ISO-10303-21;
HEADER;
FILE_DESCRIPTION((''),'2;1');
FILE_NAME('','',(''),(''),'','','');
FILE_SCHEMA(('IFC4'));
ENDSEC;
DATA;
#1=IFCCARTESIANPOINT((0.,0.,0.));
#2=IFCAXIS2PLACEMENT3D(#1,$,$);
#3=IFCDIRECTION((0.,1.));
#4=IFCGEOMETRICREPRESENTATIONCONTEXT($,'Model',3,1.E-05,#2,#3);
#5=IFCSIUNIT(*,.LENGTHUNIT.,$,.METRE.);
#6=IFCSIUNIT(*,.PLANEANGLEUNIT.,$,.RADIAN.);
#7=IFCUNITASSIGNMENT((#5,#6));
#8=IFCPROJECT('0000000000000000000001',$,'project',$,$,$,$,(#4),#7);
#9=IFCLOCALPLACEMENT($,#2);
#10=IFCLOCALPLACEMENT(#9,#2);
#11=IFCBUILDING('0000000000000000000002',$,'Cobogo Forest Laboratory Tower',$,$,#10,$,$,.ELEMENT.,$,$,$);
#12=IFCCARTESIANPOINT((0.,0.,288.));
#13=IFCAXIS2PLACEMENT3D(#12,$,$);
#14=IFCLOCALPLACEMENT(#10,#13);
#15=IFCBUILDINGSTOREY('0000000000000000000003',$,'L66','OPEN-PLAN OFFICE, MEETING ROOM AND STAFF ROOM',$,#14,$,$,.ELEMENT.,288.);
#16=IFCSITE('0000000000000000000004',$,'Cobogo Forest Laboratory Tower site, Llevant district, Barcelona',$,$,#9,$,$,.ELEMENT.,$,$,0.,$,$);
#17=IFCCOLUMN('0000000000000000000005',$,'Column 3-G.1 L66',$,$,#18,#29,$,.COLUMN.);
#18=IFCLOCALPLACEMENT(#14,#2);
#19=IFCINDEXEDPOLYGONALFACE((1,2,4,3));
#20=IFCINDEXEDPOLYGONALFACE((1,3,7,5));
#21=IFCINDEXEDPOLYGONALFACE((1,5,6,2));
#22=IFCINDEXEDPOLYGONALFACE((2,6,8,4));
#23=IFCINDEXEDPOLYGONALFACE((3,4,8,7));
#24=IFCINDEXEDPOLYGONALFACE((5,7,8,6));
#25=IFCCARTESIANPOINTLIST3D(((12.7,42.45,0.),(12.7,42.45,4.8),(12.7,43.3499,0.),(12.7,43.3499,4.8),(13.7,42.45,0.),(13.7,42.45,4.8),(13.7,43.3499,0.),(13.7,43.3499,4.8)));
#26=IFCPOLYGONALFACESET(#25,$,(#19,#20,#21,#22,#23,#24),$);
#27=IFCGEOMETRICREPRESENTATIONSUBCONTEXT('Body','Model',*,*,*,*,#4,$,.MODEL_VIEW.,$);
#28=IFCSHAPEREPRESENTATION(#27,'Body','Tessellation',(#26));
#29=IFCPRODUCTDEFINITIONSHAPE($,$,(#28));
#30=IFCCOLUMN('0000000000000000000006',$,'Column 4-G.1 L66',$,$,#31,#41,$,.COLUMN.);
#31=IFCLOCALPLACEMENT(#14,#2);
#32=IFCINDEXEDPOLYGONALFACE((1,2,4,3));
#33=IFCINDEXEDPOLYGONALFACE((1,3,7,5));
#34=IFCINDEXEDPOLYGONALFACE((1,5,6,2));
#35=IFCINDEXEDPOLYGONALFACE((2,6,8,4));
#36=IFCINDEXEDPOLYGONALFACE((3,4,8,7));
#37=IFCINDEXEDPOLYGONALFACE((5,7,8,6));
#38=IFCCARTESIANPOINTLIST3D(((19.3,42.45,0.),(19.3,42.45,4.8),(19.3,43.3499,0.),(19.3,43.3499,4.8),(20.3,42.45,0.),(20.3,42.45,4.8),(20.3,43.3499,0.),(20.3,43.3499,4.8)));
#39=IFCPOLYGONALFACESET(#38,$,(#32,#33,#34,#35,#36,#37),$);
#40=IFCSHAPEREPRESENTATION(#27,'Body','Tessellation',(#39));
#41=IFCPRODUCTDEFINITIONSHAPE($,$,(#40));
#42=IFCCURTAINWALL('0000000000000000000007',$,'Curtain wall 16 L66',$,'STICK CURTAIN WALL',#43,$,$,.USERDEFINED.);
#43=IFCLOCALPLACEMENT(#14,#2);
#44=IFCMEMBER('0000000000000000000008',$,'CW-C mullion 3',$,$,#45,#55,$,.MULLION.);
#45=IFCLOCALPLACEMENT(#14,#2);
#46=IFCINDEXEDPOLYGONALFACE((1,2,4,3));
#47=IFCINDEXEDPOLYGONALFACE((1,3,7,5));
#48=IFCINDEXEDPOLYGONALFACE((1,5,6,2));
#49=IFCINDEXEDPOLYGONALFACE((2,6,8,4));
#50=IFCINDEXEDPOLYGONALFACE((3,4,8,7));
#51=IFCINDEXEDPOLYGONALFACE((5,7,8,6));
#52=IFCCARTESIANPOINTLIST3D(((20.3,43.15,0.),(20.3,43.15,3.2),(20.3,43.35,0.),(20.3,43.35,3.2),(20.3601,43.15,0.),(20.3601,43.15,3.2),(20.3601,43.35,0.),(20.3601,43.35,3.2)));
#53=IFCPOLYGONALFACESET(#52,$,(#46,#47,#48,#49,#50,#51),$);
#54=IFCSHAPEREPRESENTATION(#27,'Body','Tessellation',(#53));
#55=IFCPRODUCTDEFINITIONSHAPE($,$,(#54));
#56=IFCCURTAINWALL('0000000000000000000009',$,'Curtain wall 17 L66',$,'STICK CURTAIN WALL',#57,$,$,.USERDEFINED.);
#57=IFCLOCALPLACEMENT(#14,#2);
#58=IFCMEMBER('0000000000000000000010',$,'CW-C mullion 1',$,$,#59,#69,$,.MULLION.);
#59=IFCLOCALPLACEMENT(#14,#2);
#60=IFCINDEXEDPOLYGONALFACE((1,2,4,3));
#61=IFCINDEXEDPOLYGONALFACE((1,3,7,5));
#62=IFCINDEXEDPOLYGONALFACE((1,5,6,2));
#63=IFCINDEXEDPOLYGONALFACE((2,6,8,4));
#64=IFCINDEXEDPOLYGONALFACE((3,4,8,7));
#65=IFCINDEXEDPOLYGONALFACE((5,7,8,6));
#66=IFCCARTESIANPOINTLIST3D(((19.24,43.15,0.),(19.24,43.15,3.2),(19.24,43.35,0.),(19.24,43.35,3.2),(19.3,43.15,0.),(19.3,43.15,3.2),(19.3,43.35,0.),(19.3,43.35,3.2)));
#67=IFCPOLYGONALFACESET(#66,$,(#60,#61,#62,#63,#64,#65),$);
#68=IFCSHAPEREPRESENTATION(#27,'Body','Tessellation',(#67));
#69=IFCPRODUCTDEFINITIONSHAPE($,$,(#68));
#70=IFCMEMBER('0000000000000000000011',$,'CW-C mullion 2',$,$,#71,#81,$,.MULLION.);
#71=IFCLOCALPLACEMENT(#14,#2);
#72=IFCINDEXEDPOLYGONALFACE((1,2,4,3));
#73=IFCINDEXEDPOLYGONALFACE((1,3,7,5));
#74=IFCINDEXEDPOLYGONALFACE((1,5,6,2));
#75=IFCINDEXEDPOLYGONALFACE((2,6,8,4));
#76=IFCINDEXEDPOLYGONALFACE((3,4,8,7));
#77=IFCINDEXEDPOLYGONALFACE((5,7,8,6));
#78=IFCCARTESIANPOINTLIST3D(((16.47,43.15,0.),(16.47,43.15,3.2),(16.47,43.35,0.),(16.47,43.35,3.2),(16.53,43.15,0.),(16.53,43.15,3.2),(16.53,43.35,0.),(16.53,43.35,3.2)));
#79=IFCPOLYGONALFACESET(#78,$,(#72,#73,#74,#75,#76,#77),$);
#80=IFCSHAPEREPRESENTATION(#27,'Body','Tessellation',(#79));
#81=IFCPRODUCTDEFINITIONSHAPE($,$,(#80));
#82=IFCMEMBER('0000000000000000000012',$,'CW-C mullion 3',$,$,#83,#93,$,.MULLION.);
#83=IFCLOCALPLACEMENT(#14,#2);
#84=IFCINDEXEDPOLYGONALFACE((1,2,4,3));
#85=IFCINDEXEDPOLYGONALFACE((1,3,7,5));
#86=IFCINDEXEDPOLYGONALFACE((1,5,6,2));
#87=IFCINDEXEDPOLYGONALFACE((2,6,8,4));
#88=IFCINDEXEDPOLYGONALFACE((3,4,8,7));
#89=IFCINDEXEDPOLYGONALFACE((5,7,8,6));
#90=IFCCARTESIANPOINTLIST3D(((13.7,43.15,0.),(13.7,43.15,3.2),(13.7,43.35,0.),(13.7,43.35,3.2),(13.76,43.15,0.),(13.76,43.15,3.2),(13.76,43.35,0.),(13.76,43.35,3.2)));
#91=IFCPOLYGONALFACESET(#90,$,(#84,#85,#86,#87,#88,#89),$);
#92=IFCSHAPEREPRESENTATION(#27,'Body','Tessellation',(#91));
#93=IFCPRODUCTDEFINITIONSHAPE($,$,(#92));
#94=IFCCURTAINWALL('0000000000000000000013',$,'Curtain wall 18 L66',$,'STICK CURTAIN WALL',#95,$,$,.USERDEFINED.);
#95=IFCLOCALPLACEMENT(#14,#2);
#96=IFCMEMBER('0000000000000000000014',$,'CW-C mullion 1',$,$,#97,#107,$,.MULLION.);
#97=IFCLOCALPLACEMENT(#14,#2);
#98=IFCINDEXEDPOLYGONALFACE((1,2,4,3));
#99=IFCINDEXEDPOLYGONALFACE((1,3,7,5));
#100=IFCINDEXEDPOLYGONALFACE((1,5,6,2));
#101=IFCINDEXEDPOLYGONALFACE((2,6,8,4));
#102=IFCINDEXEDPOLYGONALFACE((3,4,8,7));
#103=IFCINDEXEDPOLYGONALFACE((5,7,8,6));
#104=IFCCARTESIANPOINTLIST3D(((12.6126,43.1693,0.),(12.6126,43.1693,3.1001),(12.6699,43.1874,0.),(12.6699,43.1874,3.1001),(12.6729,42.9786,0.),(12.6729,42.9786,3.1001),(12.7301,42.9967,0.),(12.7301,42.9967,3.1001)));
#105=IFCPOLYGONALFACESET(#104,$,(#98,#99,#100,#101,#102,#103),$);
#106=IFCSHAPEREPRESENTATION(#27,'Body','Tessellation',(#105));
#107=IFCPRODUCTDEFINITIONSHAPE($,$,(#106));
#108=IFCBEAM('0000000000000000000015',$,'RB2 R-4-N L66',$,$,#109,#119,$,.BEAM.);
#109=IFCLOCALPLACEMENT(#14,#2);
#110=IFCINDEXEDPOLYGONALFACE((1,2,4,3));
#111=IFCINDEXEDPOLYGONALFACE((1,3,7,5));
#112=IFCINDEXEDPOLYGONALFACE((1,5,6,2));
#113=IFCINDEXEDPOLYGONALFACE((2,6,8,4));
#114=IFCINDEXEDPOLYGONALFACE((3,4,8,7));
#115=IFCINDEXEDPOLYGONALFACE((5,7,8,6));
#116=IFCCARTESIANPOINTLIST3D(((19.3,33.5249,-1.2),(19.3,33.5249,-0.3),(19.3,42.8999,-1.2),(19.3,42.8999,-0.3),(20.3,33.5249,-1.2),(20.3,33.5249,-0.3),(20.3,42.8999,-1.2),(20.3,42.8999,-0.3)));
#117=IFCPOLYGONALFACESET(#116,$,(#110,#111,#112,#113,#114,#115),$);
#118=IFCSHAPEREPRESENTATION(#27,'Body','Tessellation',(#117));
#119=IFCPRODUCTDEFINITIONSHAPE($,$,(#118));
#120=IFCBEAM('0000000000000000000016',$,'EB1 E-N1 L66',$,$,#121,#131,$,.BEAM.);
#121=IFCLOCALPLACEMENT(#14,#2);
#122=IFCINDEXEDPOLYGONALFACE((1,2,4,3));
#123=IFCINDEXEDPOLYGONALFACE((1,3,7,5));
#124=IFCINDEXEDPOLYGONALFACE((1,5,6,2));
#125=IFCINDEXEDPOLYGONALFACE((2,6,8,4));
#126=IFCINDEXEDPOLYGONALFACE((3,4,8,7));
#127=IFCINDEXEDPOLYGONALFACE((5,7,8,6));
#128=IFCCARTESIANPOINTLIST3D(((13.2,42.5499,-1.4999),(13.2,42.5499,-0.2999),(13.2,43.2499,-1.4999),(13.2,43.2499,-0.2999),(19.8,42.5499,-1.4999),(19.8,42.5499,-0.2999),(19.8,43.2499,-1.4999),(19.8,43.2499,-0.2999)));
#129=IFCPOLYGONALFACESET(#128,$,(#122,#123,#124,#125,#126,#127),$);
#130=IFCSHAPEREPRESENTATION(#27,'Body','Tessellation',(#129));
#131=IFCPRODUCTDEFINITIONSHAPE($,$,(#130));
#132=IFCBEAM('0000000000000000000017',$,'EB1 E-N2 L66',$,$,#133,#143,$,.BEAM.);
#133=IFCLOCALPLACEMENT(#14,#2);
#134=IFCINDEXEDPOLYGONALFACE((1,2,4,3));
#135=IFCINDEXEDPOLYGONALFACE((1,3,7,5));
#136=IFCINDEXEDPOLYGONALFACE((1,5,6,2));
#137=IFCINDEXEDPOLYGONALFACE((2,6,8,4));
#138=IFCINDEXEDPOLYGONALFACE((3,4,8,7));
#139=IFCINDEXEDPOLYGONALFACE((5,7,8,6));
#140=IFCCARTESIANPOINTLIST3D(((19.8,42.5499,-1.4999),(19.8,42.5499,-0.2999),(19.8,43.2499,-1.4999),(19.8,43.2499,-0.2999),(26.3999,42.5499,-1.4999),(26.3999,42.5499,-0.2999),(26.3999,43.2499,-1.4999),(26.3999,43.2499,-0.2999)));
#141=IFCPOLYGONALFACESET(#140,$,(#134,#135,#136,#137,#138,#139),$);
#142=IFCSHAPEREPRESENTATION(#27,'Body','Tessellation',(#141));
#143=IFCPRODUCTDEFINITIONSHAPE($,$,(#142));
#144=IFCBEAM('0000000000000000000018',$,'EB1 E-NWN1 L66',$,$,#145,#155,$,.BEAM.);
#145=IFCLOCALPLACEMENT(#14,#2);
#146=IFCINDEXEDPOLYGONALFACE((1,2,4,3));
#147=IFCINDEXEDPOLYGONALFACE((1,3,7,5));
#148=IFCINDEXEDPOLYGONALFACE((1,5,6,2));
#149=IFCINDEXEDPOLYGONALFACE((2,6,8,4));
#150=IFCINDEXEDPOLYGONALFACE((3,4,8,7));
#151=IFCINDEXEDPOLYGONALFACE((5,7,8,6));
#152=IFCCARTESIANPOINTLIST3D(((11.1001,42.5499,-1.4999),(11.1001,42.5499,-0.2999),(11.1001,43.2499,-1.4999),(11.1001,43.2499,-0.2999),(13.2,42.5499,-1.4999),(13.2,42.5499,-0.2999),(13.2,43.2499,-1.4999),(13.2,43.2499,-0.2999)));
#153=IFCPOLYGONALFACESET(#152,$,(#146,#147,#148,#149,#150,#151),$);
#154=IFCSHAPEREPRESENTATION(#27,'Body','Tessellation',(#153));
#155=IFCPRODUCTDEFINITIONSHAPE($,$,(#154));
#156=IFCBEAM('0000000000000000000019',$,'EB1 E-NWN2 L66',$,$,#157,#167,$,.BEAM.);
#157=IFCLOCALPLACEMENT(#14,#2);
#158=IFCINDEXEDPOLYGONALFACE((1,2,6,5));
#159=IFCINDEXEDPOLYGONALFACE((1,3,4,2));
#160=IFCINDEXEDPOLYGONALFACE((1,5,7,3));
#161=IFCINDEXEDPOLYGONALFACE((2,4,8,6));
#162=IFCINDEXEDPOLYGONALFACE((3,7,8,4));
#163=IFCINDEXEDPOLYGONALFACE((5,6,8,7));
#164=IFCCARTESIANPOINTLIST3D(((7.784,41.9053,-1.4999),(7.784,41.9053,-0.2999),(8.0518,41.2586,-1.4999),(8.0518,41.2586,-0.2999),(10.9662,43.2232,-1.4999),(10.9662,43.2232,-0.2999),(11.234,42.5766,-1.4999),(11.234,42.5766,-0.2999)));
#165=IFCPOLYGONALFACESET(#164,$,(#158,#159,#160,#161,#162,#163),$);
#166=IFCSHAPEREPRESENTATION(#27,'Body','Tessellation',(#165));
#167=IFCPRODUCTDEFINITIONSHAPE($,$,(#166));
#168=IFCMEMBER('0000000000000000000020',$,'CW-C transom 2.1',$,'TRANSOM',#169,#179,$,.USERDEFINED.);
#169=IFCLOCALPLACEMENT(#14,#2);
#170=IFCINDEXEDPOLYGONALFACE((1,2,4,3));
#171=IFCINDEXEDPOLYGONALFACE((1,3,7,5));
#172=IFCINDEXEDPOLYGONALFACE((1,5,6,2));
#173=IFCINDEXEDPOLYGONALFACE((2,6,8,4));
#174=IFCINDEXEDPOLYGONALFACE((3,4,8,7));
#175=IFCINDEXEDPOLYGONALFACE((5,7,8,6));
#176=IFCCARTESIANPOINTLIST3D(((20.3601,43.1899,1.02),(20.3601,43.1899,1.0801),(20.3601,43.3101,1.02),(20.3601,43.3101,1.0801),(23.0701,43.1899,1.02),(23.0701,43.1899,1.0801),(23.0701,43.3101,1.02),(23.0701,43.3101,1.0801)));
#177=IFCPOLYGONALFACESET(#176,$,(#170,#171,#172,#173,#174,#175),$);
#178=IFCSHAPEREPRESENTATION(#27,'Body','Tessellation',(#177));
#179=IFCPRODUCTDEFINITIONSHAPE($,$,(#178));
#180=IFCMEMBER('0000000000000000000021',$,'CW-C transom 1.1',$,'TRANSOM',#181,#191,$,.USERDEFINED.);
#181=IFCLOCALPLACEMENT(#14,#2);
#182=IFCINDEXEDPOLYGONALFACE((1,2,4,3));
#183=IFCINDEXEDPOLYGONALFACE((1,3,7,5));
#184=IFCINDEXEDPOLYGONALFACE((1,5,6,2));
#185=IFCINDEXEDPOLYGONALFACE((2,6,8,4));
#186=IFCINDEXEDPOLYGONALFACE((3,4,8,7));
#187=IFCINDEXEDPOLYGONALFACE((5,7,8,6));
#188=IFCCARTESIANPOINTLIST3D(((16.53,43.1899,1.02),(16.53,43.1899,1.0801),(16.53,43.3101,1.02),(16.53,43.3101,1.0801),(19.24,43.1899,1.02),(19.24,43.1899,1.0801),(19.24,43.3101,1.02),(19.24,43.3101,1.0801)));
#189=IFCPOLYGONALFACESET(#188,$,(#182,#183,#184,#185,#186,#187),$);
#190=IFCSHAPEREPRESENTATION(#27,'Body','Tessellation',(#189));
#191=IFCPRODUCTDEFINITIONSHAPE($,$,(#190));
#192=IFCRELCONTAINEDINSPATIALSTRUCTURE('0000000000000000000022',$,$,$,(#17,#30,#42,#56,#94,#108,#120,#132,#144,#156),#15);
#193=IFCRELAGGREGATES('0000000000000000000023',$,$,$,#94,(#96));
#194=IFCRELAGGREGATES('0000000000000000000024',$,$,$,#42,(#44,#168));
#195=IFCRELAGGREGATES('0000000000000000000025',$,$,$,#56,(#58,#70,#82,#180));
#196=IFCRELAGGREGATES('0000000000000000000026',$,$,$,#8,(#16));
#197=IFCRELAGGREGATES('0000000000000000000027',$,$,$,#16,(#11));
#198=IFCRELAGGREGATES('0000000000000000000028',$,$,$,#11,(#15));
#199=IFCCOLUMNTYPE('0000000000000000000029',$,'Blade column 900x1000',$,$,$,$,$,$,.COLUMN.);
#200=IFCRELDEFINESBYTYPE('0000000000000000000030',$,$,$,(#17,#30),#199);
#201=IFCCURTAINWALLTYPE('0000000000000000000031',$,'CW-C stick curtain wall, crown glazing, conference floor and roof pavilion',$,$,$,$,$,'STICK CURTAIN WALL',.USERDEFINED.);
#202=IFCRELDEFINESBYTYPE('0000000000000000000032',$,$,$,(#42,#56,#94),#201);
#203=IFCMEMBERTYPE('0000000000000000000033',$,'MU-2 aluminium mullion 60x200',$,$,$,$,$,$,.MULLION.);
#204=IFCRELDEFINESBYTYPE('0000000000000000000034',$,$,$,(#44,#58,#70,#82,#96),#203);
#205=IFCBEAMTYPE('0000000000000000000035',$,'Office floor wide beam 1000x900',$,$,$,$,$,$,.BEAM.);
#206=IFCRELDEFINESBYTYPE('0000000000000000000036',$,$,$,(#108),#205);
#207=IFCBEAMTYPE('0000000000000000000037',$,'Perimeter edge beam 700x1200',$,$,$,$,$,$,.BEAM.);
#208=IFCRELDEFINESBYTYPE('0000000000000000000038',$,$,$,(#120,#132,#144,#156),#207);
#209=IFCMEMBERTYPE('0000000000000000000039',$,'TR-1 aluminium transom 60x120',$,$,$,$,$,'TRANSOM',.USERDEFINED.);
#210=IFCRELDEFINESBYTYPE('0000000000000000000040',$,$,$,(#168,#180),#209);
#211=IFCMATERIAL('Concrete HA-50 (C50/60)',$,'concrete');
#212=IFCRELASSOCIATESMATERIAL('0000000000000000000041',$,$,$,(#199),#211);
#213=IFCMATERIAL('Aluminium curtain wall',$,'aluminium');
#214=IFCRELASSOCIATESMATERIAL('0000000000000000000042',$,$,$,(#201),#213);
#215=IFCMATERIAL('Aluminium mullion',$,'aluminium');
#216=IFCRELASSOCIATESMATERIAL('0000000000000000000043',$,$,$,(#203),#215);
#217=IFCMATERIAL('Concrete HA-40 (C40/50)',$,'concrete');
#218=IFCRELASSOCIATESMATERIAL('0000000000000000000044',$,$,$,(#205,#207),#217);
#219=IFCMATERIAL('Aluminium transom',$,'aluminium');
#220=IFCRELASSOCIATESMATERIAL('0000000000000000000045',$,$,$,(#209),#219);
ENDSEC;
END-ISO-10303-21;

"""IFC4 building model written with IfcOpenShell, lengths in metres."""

from ifc_helpers import new_model, si_unit, direction, frame, origin, origin_2d, place, context, subcontext, project, spatial, rectangle, extrude, material, material_profile, profile_set, type_object, element, aggregate, save


model = new_model("IFC4")

# Units and contexts
model_context = context("Model", 3, precision=1e-05, world=origin(), true_north=direction((0.0, 1.0)))
body_context = subcontext(model_context, "Body", "Model", "MODEL_VIEW")
ifc_project = project(units=[si_unit("LENGTHUNIT", "METRE"), si_unit("PLANEANGLEUNIT", "RADIAN")], contexts=[model_context])

# Site, building, storey
site_placement = place(None, origin())
site = spatial("IfcSite", under=ifc_project, at=site_placement, Name="Cobogo Forest Laboratory Tower site, Llevant district, Barcelona", CompositionType="ELEMENT", RefElevation=0.0)
building_placement = place(site_placement, origin())
building = spatial("IfcBuilding", under=site, at=building_placement, Name="Cobogo Forest Laboratory Tower", CompositionType="ELEMENT")
storey_placement = place(building_placement, frame((0.0, 0.0, 288.0)))
storey = spatial("IfcBuildingStorey", under=building, at=storey_placement, Name="L66", Description="OPEN-PLAN OFFICE, MEETING ROOM AND STAFF ROOM", CompositionType="ELEMENT", Elevation=288.0)

# Columns
ifc_material_1 = material(Name="Concrete HA-50 (C50/60)", Category="concrete")
ifc_material_profile_1 = material_profile(ifc_material_1, rectangle(XDim=1.0, YDim=0.8999, at=origin_2d()), Name="RC 900x1000")
ifc_profile_set_1 = profile_set([ifc_material_profile_1], Name="Concrete HA-50 (C50/60)")
column_type = type_object("IfcColumnType", Name="Blade column 900x1000", PredefinedType="COLUMN", material=ifc_profile_set_1)
for number, where, z_axis, x_axis, name in (
    (1, (13.2, 42.8999, 0.0), (0.0, 0.0, 1.0), (1.0, 0.0, 0.0), "Column 3-G.1 L66"),
    (2, (19.8, 42.8999, 0.0), (0.0, 0.0, 1.0), (1.0, 0.0, 0.0), "Column 4-G.1 L66"),
):
    element("IfcColumn", number, at=place(storey_placement, frame(where, z_axis=z_axis, x_axis=x_axis)), inside=storey, type_object=column_type, Name=name, PredefinedType="COLUMN", context=body_context, shape_type="SweptSolid", body=[
        extrude(rectangle(XDim=1.0, YDim=0.8999, at=origin_2d()), origin(), (0.0, 0.0, 1.0), 4.8),
    ])

# Curtain wall, member
ifc_material_2 = material(Name="Aluminium curtain wall", Category="aluminium")
curtain_wall_type = type_object("IfcCurtainWallType", Name="CW-C stick curtain wall, crown glazing, conference floor and roof pavilion", ElementType="STICK CURTAIN WALL", PredefinedType="USERDEFINED", material=ifc_material_2)
curtain_wall_1_placement = place(storey_placement, origin())
curtain_wall_1 = element("IfcCurtainWall", 3, at=curtain_wall_1_placement, inside=storey, type_object=curtain_wall_type, Name="Curtain wall 16 L66", ObjectType="STICK CURTAIN WALL", PredefinedType="USERDEFINED")
ifc_material_3 = material(Name="Aluminium mullion", Category="aluminium")
ifc_material_profile_2 = material_profile(ifc_material_3, rectangle(XDim=0.0601, YDim=0.2, at=origin_2d()), Name="AL 60x200")
ifc_profile_set_2 = profile_set([ifc_material_profile_2], Name="Aluminium mullion")
member_type_1 = type_object("IfcMemberType", Name="MU-2 aluminium mullion 60x200", PredefinedType="MULLION", material=ifc_profile_set_2)
member_1_placement = place(storey_placement, frame((20.3301, 43.25, 0.0), z_axis=(0.0, 0.0, 1.0), x_axis=(-1.0, 0.0, 0.0)))
member_1 = element("IfcMember", 4, at=member_1_placement, type_object=member_type_1, Name="CW-C mullion 3", PredefinedType="MULLION", context=body_context, shape_type="SweptSolid", body=[
    extrude(rectangle(XDim=0.0601, YDim=0.2, at=origin_2d()), origin(), (0.0, 0.0, 1.0), 3.2),
])

# Curtain wall, members
curtain_wall_2_placement = place(storey_placement, origin())
curtain_wall_2 = element("IfcCurtainWall", 5, at=curtain_wall_2_placement, inside=storey, type_object=curtain_wall_type, Name="Curtain wall 17 L66", ObjectType="STICK CURTAIN WALL", PredefinedType="USERDEFINED")
member_2_placement = place(storey_placement, frame((19.27, 43.25, 0.0), z_axis=(0.0, 0.0, 1.0), x_axis=(-1.0, 0.0, 0.0)))
member_2 = element("IfcMember", 6, at=member_2_placement, type_object=member_type_1, Name="CW-C mullion 1", PredefinedType="MULLION", context=body_context, shape_type="SweptSolid", body=[
    extrude(rectangle(XDim=0.0601, YDim=0.2, at=origin_2d()), origin(), (0.0, 0.0, 1.0), 3.2),
])
member_3_placement = place(storey_placement, frame((16.5, 43.25, 0.0), z_axis=(0.0, 0.0, 1.0), x_axis=(-1.0, 0.0, 0.0)))
member_3 = element("IfcMember", 7, at=member_3_placement, type_object=member_type_1, Name="CW-C mullion 2", PredefinedType="MULLION", context=body_context, shape_type="SweptSolid", body=[
    extrude(rectangle(XDim=0.0601, YDim=0.2, at=origin_2d()), origin(), (0.0, 0.0, 1.0), 3.2),
])
member_4_placement = place(storey_placement, frame((13.73, 43.25, 0.0), z_axis=(0.0, 0.0, 1.0), x_axis=(-1.0, 0.0, 0.0)))
member_4 = element("IfcMember", 8, at=member_4_placement, type_object=member_type_1, Name="CW-C mullion 3", PredefinedType="MULLION", context=body_context, shape_type="SweptSolid", body=[
    extrude(rectangle(XDim=0.0601, YDim=0.2, at=origin_2d()), origin(), (0.0, 0.0, 1.0), 3.2),
])

# Curtain wall, member
curtain_wall_3_placement = place(storey_placement, origin())
curtain_wall_3 = element("IfcCurtainWall", 9, at=curtain_wall_3_placement, inside=storey, type_object=curtain_wall_type, Name="Curtain wall 18 L66", ObjectType="STICK CURTAIN WALL", PredefinedType="USERDEFINED")
member_5_placement = place(storey_placement, frame((12.6714, 43.083, 0.0), z_axis=(0.0, 0.0, 1.0), x_axis=(-0.953581, -0.301135, 0.0)))
member_5 = element("IfcMember", 10, at=member_5_placement, type_object=member_type_1, Name="CW-C mullion 1", PredefinedType="MULLION", context=body_context, shape_type="SweptSolid", body=[
    extrude(rectangle(XDim=0.0601, YDim=0.2, at=origin_2d()), origin(), (0.0, 0.0, 1.0), 3.1001),
])

# Beams
ifc_material_4 = material(Name="Concrete HA-40 (C40/50)", Category="concrete")
ifc_material_profile_3 = material_profile(ifc_material_4, rectangle(XDim=1.0, YDim=0.8999, at=origin_2d()), Name="RC 1000x900")
ifc_profile_set_3 = profile_set([ifc_material_profile_3], Name="Concrete HA-40 (C40/50)")
beam_type_1 = type_object("IfcBeamType", Name="Office floor wide beam 1000x900", PredefinedType="BEAM", material=ifc_profile_set_3)
beam_1_placement = place(storey_placement, frame((19.8, 33.5249, -0.75), z_axis=(0.0, 1.0, 0.0), x_axis=(-1.0, 0.0, 0.0)))
element("IfcBeam", 11, at=beam_1_placement, inside=storey, type_object=beam_type_1, Name="RB2 R-4-N L66", PredefinedType="BEAM", context=body_context, shape_type="SweptSolid", body=[
    extrude(rectangle(XDim=1.0, YDim=0.8999, at=origin_2d()), origin(), (0.0, 0.0, 1.0), 9.375),
])
ifc_material_profile_4 = material_profile(ifc_material_4, rectangle(XDim=0.7, YDim=1.2, at=origin_2d()), Name="RC 700x1200")
ifc_profile_set_4 = profile_set([ifc_material_profile_4], Name="Concrete HA-40 (C40/50)")
beam_type_2 = type_object("IfcBeamType", Name="Perimeter edge beam 700x1200", PredefinedType="BEAM", material=ifc_profile_set_4)
beam_2_placement = place(storey_placement, frame((13.2, 42.8999, -0.8999), z_axis=(1.0, 0.0, 0.0), x_axis=(0.0, 1.0, 0.0)))
element("IfcBeam", 12, at=beam_2_placement, inside=storey, type_object=beam_type_2, Name="EB1 E-N1 L66", PredefinedType="BEAM", context=body_context, shape_type="SweptSolid", body=[
    extrude(rectangle(XDim=0.7, YDim=1.2, at=origin_2d()), origin(), (0.0, 0.0, 1.0), 6.6001),
])
beam_3_placement = place(storey_placement, frame((19.8, 42.8999, -0.8999), z_axis=(1.0, 0.0, 0.0), x_axis=(0.0, 1.0, 0.0)))
element("IfcBeam", 13, at=beam_3_placement, inside=storey, type_object=beam_type_2, Name="EB1 E-N2 L66", PredefinedType="BEAM", context=body_context, shape_type="SweptSolid", body=[
    extrude(rectangle(XDim=0.7, YDim=1.2, at=origin_2d()), origin(), (0.0, 0.0, 1.0), 6.5999),
])
beam_4_placement = place(storey_placement, frame((13.2, 42.8999, -0.8999), z_axis=(-1.0, 0.0, 0.0), x_axis=(0.0, -1.0, 0.0)))
element("IfcBeam", 14, at=beam_4_placement, inside=storey, type_object=beam_type_2, Name="EB1 E-NWN1 L66", PredefinedType="BEAM", context=body_context, shape_type="SweptSolid", body=[
    extrude(rectangle(XDim=0.7, YDim=1.2, at=origin_2d()), origin(), (0.0, 0.0, 1.0), 2.0999),
])
beam_5_placement = place(storey_placement, frame((11.1001, 42.8999, -0.8999), z_axis=(-0.923901, -0.382631, 0.0), x_axis=(0.382631, -0.923901, 0.0)))
element("IfcBeam", 15, at=beam_5_placement, inside=storey, type_object=beam_type_2, Name="EB1 E-NWN2 L66", PredefinedType="BEAM", context=body_context, shape_type="SweptSolid", body=[
    extrude(rectangle(XDim=0.7, YDim=1.2, at=origin_2d()), origin(), (0.0, 0.0, 1.0), 3.4443),
])

# Members
ifc_material_5 = material(Name="Aluminium transom", Category="aluminium")
ifc_material_profile_5 = material_profile(ifc_material_5, rectangle(XDim=0.1201, YDim=0.0601, at=origin_2d()), Name="AL 60x120")
ifc_profile_set_5 = profile_set([ifc_material_profile_5], Name="Aluminium transom")
member_type_2 = type_object("IfcMemberType", Name="TR-1 aluminium transom 60x120", ElementType="TRANSOM", PredefinedType="USERDEFINED", material=ifc_profile_set_5)
member_6_placement = place(storey_placement, frame((23.0701, 43.25, 1.05), z_axis=(-1.0, 0.0, 0.0), x_axis=(0.0, -1.0, 0.0)))
member_6 = element("IfcMember", 16, at=member_6_placement, type_object=member_type_2, Name="CW-C transom 2.1", ObjectType="TRANSOM", PredefinedType="USERDEFINED", context=body_context, shape_type="SweptSolid", body=[
    extrude(rectangle(XDim=0.1201, YDim=0.0601, at=origin_2d()), origin(), (0.0, 0.0, 1.0), 2.71),
])
member_7_placement = place(storey_placement, frame((19.24, 43.25, 1.05), z_axis=(-1.0, 0.0, 0.0), x_axis=(0.0, -1.0, 0.0)))
member_7 = element("IfcMember", 17, at=member_7_placement, type_object=member_type_2, Name="CW-C transom 1.1", ObjectType="TRANSOM", PredefinedType="USERDEFINED", context=body_context, shape_type="SweptSolid", body=[
    extrude(rectangle(XDim=0.1201, YDim=0.0601, at=origin_2d()), origin(), (0.0, 0.0, 1.0), 2.71),
])
aggregate(curtain_wall_3, [member_5])

aggregate(curtain_wall_1, [member_1, member_6])
aggregate(curtain_wall_2, [member_2, member_3, member_4, member_7])

save(model, "model.ifc")
